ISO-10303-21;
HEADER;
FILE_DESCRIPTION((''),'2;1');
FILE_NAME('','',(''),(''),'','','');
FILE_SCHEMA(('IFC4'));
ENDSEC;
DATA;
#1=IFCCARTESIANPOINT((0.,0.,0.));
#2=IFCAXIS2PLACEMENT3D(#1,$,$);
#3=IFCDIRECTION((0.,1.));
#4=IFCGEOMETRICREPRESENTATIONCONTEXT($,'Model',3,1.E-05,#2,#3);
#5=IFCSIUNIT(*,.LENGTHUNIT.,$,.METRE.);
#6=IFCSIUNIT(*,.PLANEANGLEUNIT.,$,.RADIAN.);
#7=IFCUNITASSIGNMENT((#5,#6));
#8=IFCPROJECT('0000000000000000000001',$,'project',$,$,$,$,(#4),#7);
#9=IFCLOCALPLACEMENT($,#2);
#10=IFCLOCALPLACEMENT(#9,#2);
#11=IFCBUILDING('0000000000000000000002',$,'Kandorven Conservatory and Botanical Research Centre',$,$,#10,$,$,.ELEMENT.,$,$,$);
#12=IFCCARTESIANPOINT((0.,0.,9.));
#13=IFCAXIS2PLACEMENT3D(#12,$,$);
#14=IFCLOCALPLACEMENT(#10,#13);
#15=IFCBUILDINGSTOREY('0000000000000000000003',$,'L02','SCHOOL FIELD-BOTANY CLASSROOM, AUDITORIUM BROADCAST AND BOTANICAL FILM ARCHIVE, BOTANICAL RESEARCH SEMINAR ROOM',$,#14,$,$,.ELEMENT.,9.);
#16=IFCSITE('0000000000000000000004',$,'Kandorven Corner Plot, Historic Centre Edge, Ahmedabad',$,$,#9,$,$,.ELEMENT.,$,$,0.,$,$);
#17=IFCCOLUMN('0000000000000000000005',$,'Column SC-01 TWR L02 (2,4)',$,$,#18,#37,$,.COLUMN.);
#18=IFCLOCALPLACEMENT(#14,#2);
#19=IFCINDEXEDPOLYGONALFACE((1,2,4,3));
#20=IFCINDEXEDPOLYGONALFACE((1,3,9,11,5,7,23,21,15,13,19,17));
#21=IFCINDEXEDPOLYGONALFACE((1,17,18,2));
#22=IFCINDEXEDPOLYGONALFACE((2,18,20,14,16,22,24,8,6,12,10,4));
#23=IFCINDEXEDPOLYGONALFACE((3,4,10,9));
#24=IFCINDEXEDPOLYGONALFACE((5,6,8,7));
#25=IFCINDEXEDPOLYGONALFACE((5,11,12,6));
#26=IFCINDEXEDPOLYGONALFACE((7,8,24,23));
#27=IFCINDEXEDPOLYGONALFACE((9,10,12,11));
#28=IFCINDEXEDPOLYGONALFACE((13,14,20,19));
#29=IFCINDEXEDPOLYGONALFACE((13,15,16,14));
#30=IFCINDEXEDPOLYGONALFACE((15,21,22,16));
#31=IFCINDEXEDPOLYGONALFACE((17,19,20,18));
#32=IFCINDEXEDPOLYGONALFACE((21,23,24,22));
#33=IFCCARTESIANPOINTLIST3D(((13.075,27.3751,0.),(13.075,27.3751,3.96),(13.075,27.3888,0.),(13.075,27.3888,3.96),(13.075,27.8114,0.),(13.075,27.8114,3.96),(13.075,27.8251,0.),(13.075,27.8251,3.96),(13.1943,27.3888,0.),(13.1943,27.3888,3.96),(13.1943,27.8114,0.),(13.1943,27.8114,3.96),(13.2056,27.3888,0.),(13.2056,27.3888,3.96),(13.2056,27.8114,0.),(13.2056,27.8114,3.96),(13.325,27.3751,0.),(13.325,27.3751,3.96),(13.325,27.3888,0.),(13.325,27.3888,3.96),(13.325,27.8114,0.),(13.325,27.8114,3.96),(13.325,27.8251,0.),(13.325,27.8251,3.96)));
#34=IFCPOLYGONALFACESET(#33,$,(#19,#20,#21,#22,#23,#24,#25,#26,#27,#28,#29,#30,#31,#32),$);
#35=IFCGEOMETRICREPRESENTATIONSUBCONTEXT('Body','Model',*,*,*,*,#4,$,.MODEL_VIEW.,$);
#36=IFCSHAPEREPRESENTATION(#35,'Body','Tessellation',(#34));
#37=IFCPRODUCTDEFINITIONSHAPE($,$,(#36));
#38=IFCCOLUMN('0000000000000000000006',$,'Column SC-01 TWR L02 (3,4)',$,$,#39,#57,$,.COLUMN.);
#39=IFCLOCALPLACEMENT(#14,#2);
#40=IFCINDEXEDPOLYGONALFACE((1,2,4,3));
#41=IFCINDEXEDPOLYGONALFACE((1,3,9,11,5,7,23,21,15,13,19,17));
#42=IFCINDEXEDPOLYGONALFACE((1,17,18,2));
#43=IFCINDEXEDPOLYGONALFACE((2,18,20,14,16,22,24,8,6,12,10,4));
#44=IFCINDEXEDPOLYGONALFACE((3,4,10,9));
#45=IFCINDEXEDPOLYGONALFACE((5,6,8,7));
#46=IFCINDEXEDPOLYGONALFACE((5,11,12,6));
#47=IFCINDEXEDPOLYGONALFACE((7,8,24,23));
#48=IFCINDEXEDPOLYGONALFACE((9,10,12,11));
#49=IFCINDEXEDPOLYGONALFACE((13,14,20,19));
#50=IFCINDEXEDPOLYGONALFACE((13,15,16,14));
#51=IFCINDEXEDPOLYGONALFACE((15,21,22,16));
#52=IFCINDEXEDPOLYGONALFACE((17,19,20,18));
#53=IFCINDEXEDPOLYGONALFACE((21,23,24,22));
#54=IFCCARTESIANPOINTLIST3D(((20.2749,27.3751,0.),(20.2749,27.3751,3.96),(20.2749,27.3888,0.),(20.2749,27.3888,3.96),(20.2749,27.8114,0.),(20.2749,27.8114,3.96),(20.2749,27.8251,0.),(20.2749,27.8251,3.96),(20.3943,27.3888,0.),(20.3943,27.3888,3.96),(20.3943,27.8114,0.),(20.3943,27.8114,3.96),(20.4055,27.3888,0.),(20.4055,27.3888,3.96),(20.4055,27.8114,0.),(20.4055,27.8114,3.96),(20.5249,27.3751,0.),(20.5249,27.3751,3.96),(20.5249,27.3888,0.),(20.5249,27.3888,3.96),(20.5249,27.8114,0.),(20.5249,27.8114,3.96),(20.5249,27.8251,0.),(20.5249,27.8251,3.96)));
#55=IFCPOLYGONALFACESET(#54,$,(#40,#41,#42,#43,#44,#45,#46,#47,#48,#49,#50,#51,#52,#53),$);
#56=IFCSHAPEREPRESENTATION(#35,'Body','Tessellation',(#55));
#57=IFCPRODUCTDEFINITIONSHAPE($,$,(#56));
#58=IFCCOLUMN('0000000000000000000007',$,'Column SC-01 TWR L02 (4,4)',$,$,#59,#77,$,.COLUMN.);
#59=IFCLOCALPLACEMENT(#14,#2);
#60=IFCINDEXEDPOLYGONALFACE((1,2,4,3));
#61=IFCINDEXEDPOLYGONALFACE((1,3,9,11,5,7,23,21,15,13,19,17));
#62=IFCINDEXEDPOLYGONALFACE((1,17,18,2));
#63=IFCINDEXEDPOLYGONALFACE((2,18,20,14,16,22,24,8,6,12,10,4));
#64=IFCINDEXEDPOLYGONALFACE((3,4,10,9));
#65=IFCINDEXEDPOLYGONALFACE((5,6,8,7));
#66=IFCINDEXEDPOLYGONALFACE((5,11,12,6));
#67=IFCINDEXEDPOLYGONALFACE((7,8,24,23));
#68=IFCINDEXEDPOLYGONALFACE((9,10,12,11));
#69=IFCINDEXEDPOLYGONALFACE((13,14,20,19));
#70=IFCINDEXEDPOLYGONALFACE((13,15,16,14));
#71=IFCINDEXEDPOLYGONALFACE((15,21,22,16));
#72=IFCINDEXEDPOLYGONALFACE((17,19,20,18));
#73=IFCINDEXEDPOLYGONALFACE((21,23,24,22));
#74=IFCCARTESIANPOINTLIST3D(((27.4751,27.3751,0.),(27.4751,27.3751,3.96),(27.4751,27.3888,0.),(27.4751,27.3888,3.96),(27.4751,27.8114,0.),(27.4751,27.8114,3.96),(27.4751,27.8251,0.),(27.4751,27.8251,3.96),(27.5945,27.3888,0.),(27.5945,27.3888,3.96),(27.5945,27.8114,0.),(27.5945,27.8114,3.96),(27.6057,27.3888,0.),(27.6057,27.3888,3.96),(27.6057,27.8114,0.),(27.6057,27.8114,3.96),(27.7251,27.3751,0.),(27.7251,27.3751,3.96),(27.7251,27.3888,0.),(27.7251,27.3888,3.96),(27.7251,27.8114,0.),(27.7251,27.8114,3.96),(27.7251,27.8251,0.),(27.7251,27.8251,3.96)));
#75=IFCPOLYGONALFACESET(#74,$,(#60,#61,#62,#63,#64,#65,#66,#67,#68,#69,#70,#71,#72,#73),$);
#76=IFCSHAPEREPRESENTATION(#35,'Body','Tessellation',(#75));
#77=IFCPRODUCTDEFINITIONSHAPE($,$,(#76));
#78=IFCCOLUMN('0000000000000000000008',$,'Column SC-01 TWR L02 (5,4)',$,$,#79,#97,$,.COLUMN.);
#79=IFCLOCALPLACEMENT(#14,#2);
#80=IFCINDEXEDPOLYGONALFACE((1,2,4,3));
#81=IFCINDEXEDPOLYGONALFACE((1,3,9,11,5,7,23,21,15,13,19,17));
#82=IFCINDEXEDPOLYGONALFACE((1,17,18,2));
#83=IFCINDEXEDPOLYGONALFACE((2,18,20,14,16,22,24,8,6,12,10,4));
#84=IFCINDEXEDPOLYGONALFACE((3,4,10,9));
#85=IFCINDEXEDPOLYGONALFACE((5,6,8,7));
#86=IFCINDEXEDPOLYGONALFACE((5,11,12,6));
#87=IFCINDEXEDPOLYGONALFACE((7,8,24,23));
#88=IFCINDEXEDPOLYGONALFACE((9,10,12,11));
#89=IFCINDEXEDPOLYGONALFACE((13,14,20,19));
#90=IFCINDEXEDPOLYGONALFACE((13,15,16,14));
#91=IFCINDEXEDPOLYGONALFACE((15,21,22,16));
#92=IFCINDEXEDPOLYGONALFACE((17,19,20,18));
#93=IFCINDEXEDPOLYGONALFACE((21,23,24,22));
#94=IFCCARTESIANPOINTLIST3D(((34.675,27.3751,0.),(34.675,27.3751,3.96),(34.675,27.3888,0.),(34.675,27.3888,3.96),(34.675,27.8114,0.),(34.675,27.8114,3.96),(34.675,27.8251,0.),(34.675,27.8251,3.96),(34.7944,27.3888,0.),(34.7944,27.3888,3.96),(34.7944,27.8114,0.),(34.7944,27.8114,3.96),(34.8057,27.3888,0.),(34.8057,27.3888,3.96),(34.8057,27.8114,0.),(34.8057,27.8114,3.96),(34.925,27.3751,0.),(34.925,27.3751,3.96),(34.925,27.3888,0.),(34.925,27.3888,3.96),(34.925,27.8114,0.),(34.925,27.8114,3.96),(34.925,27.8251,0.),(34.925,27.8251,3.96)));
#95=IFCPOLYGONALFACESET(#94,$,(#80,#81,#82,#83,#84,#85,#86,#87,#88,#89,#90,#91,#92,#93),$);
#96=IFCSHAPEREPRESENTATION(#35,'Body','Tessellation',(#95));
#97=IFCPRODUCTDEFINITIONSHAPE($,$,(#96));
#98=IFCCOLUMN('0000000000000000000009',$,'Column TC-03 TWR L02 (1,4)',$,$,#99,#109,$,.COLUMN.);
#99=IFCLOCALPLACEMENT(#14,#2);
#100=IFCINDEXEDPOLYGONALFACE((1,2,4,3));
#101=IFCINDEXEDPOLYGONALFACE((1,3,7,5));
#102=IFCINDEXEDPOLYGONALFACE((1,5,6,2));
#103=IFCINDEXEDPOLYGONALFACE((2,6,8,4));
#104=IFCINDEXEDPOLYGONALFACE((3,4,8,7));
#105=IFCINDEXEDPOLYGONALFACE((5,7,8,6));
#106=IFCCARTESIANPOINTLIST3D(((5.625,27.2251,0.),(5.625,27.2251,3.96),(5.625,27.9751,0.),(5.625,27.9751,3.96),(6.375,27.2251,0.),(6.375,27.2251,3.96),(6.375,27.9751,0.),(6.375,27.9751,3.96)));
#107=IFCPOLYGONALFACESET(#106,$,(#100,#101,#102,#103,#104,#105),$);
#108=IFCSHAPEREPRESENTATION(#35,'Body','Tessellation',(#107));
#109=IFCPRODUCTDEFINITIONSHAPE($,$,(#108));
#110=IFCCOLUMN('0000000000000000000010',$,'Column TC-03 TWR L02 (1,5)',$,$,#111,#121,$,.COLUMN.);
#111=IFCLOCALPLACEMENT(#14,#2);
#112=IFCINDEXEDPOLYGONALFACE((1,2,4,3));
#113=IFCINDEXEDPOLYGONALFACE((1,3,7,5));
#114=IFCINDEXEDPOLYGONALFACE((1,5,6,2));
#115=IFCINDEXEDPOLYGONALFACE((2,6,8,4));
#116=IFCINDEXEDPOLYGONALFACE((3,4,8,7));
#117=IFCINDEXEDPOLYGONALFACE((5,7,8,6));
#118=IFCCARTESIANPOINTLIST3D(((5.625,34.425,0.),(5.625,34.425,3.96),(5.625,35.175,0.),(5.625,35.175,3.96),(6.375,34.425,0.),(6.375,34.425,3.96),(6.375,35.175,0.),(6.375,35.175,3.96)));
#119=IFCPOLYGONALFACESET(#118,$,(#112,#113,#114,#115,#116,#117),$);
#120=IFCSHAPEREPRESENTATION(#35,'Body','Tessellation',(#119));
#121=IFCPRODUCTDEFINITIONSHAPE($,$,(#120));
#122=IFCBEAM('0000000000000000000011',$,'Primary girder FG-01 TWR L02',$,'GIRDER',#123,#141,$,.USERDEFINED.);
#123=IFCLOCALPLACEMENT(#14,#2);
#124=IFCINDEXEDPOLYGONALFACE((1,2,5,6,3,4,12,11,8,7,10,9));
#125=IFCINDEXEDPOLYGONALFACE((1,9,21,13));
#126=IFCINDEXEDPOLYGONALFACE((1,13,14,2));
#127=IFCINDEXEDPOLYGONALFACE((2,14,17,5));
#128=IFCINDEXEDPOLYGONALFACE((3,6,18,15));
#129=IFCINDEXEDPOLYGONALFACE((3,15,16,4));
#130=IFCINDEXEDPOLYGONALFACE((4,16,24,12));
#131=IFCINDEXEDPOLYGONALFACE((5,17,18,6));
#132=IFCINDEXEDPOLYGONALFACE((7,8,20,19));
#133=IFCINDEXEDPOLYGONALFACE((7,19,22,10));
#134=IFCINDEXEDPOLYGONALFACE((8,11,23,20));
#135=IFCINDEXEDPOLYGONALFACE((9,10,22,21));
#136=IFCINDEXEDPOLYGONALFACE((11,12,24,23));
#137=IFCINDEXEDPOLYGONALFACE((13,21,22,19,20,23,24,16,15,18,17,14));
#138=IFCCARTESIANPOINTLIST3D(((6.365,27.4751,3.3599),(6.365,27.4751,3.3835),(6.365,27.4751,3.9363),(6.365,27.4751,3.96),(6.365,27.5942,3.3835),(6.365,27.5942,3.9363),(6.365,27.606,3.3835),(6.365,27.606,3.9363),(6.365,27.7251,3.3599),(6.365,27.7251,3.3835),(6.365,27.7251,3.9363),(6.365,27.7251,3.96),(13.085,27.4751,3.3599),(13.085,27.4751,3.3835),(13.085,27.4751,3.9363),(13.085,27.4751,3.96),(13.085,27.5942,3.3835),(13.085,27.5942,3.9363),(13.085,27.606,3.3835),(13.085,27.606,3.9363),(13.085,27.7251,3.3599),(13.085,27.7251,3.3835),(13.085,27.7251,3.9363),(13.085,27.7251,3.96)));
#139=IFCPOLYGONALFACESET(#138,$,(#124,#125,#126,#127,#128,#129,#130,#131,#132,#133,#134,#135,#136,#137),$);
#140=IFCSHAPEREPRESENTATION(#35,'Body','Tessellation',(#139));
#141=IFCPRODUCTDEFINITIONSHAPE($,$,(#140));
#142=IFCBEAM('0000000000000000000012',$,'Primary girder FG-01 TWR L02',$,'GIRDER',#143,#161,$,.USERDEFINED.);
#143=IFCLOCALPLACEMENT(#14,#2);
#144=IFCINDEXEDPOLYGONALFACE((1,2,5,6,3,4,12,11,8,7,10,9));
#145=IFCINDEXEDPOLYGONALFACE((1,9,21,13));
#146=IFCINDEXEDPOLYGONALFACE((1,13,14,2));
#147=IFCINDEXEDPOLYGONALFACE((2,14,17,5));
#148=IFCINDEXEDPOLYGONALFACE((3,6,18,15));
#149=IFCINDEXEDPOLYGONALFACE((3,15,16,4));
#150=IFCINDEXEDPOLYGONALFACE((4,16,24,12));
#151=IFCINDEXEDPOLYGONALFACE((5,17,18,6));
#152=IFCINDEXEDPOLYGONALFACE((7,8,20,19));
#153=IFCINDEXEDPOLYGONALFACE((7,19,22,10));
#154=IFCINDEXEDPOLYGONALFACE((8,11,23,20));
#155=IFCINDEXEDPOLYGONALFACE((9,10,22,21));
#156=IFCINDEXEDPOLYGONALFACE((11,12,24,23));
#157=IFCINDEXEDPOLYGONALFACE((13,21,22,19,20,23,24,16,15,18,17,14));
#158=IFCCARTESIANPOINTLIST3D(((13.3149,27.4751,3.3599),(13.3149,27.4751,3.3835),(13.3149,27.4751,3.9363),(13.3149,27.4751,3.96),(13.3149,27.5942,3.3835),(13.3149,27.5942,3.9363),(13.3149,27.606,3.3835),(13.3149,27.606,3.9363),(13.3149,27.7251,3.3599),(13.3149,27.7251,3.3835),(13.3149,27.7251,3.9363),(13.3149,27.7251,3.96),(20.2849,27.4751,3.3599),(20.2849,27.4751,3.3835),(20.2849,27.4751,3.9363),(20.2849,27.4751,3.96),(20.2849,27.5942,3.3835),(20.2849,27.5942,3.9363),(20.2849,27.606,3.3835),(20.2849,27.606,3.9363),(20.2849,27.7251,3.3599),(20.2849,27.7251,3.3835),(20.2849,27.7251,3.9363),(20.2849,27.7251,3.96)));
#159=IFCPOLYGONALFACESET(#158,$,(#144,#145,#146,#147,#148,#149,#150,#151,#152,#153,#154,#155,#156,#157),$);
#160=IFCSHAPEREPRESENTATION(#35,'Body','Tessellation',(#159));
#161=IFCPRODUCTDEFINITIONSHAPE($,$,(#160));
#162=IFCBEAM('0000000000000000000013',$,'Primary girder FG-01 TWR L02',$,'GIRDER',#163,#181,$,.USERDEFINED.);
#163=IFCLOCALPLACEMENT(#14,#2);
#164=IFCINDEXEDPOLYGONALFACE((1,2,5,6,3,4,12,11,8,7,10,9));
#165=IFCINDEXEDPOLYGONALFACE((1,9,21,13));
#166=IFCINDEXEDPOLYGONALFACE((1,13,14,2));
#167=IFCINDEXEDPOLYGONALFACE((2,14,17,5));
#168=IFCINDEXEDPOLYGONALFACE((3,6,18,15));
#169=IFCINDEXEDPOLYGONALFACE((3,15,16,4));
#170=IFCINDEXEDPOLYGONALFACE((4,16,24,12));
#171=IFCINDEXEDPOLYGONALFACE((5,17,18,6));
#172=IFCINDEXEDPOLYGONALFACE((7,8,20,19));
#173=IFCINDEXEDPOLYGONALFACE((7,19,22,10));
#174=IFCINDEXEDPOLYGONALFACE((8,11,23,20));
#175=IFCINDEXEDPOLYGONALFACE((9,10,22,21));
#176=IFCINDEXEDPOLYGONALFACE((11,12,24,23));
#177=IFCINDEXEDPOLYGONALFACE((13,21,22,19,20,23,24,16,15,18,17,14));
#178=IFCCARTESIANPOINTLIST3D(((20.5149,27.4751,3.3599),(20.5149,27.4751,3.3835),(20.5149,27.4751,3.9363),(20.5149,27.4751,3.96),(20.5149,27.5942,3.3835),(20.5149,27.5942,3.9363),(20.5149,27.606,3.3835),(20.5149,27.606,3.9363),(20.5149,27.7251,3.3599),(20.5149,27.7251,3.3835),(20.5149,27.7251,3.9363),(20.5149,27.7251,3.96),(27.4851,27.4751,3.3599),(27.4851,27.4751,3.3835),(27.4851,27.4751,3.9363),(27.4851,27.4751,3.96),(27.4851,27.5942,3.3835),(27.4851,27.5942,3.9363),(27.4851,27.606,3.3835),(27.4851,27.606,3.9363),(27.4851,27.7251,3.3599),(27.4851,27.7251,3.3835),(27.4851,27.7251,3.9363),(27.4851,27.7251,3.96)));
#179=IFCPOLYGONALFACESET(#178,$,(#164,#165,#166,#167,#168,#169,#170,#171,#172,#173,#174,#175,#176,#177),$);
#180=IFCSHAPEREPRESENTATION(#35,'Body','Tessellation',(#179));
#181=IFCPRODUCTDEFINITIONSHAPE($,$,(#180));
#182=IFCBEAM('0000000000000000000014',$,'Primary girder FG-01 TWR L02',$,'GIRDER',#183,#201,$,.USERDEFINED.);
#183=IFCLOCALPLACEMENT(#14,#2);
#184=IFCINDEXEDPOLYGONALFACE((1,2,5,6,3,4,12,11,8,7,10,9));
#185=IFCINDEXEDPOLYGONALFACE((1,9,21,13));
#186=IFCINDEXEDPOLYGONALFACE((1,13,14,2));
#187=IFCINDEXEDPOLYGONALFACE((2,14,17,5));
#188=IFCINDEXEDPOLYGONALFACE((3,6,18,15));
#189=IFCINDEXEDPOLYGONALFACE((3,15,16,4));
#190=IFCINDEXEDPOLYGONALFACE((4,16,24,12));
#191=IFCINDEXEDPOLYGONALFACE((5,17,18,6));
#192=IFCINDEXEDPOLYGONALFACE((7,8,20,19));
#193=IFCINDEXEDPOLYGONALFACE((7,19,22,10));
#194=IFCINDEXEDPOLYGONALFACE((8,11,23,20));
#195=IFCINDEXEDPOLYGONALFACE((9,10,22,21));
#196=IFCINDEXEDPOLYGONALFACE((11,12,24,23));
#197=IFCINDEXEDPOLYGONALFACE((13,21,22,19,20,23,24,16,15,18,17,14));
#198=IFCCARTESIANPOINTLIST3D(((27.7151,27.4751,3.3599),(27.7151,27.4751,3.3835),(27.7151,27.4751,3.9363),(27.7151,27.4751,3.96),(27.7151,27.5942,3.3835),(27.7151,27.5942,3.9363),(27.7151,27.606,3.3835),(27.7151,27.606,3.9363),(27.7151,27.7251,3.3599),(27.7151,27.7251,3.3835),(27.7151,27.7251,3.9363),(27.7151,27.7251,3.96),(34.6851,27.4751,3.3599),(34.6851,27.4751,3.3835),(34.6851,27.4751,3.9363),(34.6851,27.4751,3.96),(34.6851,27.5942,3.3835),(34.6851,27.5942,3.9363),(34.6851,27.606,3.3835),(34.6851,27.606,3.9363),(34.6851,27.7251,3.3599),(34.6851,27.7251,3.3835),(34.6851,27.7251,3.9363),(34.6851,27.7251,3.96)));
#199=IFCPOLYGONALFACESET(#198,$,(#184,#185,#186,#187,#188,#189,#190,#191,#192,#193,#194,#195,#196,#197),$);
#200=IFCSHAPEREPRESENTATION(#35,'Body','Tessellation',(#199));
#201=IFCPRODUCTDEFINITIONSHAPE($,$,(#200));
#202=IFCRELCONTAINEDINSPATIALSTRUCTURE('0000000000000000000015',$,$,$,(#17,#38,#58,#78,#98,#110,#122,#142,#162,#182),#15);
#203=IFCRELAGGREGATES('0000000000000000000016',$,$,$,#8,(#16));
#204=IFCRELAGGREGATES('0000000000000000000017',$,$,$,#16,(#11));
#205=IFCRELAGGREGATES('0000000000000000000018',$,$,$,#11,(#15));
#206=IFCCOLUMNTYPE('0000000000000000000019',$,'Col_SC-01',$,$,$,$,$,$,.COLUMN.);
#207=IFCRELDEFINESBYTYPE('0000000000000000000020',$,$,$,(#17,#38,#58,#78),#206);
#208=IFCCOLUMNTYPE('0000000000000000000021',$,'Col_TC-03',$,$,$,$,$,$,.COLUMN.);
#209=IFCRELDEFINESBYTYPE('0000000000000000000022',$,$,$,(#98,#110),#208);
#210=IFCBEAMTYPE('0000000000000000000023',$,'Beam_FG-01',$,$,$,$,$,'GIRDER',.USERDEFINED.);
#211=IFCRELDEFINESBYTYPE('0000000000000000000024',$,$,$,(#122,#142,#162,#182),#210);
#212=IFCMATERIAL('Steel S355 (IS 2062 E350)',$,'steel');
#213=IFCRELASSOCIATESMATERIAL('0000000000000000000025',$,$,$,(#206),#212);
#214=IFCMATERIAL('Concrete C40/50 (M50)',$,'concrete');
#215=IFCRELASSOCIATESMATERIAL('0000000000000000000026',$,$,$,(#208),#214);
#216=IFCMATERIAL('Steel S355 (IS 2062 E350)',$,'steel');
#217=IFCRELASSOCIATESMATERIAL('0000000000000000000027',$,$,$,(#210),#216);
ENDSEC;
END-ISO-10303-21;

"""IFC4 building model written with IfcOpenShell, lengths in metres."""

from ifc_helpers import new_model, si_unit, direction, frame, origin, origin_2d, place, context, subcontext, project, spatial, rectangle, i_section, extrude, material, material_profile, profile_set, type_object, element, save


model = new_model("IFC4")

# Units and contexts
model_context = context("Model", 3, precision=1e-05, world=origin(), true_north=direction((0.0, 1.0)))
body_context = subcontext(model_context, "Body", "Model", "MODEL_VIEW")
ifc_project = project(units=[si_unit("LENGTHUNIT", "METRE"), si_unit("PLANEANGLEUNIT", "RADIAN")], contexts=[model_context])

# Site, building, storey
site_placement = place(None, origin())
site = spatial("IfcSite", under=ifc_project, at=site_placement, Name="Kandorven Corner Plot, Historic Centre Edge, Ahmedabad", CompositionType="ELEMENT", RefElevation=0.0)
building_placement = place(site_placement, origin())
building = spatial("IfcBuilding", under=site, at=building_placement, Name="Kandorven Conservatory and Botanical Research Centre", CompositionType="ELEMENT")
storey_placement = place(building_placement, frame((0.0, 0.0, 9.0)))
storey = spatial("IfcBuildingStorey", under=building, at=storey_placement, Name="L02", Description="SCHOOL FIELD-BOTANY CLASSROOM, AUDITORIUM BROADCAST AND BOTANICAL FILM ARCHIVE, BOTANICAL RESEARCH SEMINAR ROOM", CompositionType="ELEMENT", Elevation=9.0)

# Columns
ifc_material_1 = material(Name="Steel S355 (IS 2062 E350)", Category="steel")
ifc_material_profile_1 = material_profile(ifc_material_1, i_section(OverallWidth=0.25, OverallDepth=0.45, WebThickness=0.0112, FlangeThickness=0.0137, at=origin_2d()))
ifc_profile_set_1 = profile_set([ifc_material_profile_1], Name="Steel S355 (IS 2062 E350)")
column_type_1 = type_object("IfcColumnType", Name="Col_SC-01", PredefinedType="COLUMN", material=ifc_profile_set_1)
for number, where, z_axis, x_axis, name in (
    (1, (13.2, 27.6001, 0.0), (0.0, 0.0, 1.0), (1.0, 0.0, 0.0), "Column SC-01 TWR L02 (2,4)"),
    (2, (20.3999, 27.6001, 0.0), (0.0, 0.0, 1.0), (1.0, 0.0, 0.0), "Column SC-01 TWR L02 (3,4)"),
    (3, (27.6001, 27.6001, 0.0), (0.0, 0.0, 1.0), (1.0, 0.0, 0.0), "Column SC-01 TWR L02 (4,4)"),
    (4, (34.8, 27.6001, 0.0), (0.0, 0.0, 1.0), (1.0, 0.0, 0.0), "Column SC-01 TWR L02 (5,4)"),
):
    element("IfcColumn", number, at=place(storey_placement, frame(where, z_axis=z_axis, x_axis=x_axis)), inside=storey, type_object=column_type_1, Name=name, PredefinedType="COLUMN", context=body_context, shape_type="SweptSolid", body=[
        extrude(i_section(OverallWidth=0.25, OverallDepth=0.45, WebThickness=0.0112, FlangeThickness=0.0137, at=origin_2d()), origin(), (0.0, 0.0, 1.0), 3.96),
    ])
ifc_material_2 = material(Name="Concrete C40/50 (M50)", Category="concrete")
ifc_material_profile_2 = material_profile(ifc_material_2, rectangle(XDim=0.75, YDim=0.75, at=origin_2d()))
ifc_profile_set_2 = profile_set([ifc_material_profile_2], Name="Concrete C40/50 (M50)")
column_type_2 = type_object("IfcColumnType", Name="Col_TC-03", PredefinedType="COLUMN", material=ifc_profile_set_2)
for number, where, z_axis, x_axis, name in (
    (5, (6.0, 27.6001, 0.0), (0.0, 0.0, 1.0), (1.0, 0.0, 0.0), "Column TC-03 TWR L02 (1,4)"),
    (6, (6.0, 34.8, 0.0), (0.0, 0.0, 1.0), (1.0, 0.0, 0.0), "Column TC-03 TWR L02 (1,5)"),
):
    element("IfcColumn", number, at=place(storey_placement, frame(where, z_axis=z_axis, x_axis=x_axis)), inside=storey, type_object=column_type_2, Name=name, PredefinedType="COLUMN", context=body_context, shape_type="SweptSolid", body=[
        extrude(rectangle(XDim=0.75, YDim=0.75, at=origin_2d()), origin(), (0.0, 0.0, 1.0), 3.96),
    ])

# Beams
ifc_material_3 = material(Name="Steel S355 (IS 2062 E350)", Category="steel")
ifc_material_profile_3 = material_profile(ifc_material_3, i_section(OverallWidth=0.25, OverallDepth=0.6001, WebThickness=0.0117, FlangeThickness=0.0237, at=origin_2d()))
ifc_profile_set_3 = profile_set([ifc_material_profile_3], Name="Steel S355 (IS 2062 E350)")
beam_type_1 = type_object("IfcBeamType", Name="Beam_FG-01", ElementType="GIRDER", PredefinedType="USERDEFINED", material=ifc_profile_set_3)
beam_1_placement = place(storey_placement, frame((6.365, 27.6001, 3.6599), z_axis=(1.0, 0.0, 0.0), x_axis=(0.0, 1.0, 0.0)))
element("IfcBeam", 7, at=beam_1_placement, inside=storey, type_object=beam_type_1, Name="Primary girder FG-01 TWR L02", ObjectType="GIRDER", PredefinedType="USERDEFINED", context=body_context, shape_type="SweptSolid", body=[
    extrude(i_section(OverallWidth=0.25, OverallDepth=0.6001, WebThickness=0.0117, FlangeThickness=0.0237, at=origin_2d()), origin(), (0.0, 0.0, 1.0), 6.72),
])
beam_2_placement = place(storey_placement, frame((13.3149, 27.6001, 3.6599), z_axis=(1.0, 0.0, 0.0), x_axis=(0.0, 1.0, 0.0)))
element("IfcBeam", 8, at=beam_2_placement, inside=storey, type_object=beam_type_1, Name="Primary girder FG-01 TWR L02", ObjectType="GIRDER", PredefinedType="USERDEFINED", context=body_context, shape_type="SweptSolid", body=[
    extrude(i_section(OverallWidth=0.25, OverallDepth=0.6001, WebThickness=0.0117, FlangeThickness=0.0237, at=origin_2d()), origin(), (0.0, 0.0, 1.0), 6.97),
])
beam_3_placement = place(storey_placement, frame((20.5149, 27.6001, 3.6599), z_axis=(1.0, 0.0, 0.0), x_axis=(0.0, 1.0, 0.0)))
element("IfcBeam", 9, at=beam_3_placement, inside=storey, type_object=beam_type_1, Name="Primary girder FG-01 TWR L02", ObjectType="GIRDER", PredefinedType="USERDEFINED", context=body_context, shape_type="SweptSolid", body=[
    extrude(i_section(OverallWidth=0.25, OverallDepth=0.6001, WebThickness=0.0117, FlangeThickness=0.0237, at=origin_2d()), origin(), (0.0, 0.0, 1.0), 6.9702),
])
beam_4_placement = place(storey_placement, frame((27.7151, 27.6001, 3.6599), z_axis=(1.0, 0.0, 0.0), x_axis=(0.0, 1.0, 0.0)))
element("IfcBeam", 10, at=beam_4_placement, inside=storey, type_object=beam_type_1, Name="Primary girder FG-01 TWR L02", ObjectType="GIRDER", PredefinedType="USERDEFINED", context=body_context, shape_type="SweptSolid", body=[
    extrude(i_section(OverallWidth=0.25, OverallDepth=0.6001, WebThickness=0.0117, FlangeThickness=0.0237, at=origin_2d()), origin(), (0.0, 0.0, 1.0), 6.97),
])

save(model, "model.ifc")
